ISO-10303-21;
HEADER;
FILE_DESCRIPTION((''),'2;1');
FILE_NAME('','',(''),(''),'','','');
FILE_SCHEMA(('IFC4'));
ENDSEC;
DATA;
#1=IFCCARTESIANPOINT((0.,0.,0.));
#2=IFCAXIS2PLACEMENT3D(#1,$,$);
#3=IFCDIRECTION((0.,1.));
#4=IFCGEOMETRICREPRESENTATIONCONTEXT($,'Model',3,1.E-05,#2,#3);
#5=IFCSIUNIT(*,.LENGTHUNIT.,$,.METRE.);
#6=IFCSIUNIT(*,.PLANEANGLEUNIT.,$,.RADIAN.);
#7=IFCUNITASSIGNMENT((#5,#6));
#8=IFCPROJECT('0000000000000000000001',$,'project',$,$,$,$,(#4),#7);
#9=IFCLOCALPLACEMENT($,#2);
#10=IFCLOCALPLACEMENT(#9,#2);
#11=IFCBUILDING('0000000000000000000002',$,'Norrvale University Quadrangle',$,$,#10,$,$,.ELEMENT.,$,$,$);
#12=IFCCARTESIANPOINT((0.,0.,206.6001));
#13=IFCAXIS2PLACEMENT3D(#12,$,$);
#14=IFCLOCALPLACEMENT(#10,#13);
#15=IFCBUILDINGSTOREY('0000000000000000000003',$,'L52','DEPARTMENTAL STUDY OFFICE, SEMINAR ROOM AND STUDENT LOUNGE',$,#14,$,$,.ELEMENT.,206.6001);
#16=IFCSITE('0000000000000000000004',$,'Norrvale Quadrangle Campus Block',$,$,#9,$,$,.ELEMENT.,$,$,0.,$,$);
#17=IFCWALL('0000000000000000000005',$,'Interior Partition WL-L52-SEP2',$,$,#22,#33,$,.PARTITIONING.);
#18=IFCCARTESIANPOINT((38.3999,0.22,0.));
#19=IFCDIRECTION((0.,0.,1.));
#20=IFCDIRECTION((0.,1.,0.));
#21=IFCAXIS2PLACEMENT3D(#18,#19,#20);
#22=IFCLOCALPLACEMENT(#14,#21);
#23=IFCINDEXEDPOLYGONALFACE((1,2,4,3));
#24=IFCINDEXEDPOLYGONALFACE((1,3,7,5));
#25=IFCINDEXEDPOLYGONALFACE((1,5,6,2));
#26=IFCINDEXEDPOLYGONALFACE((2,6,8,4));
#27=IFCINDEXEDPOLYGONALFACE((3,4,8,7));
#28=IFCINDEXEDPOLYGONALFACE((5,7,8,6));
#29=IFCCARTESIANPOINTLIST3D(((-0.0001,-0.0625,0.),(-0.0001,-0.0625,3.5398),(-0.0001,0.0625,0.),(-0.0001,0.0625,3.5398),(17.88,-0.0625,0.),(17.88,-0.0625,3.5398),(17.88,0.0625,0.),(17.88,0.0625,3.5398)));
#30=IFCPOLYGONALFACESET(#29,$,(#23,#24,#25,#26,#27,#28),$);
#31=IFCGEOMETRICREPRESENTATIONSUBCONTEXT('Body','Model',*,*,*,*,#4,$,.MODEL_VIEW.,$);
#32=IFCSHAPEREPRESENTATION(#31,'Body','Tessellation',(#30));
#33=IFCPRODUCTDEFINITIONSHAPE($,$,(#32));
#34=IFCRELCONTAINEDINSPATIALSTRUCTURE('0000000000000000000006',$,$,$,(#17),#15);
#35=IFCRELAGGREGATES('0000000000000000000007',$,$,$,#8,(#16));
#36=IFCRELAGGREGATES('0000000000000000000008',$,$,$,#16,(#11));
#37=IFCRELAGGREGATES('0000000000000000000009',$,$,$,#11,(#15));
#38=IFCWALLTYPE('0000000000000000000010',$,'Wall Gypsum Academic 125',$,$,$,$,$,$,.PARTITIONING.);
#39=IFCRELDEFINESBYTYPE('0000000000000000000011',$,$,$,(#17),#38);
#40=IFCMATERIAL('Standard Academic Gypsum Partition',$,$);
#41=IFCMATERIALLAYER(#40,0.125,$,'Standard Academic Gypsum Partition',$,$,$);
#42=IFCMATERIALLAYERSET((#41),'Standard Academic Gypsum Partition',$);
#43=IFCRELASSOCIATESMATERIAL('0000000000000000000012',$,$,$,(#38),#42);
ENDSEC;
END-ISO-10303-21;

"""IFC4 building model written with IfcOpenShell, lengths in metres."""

from ifc_helpers import new_model, si_unit, direction, frame, frame_2d, origin, place, context, subcontext, project, spatial, rectangle, extrude, material, layer, layer_set, type_object, element, save


model = new_model("IFC4")

# Units and contexts
model_context = context("Model", 3, precision=1e-05, world=origin(), true_north=direction((0.0, 1.0)))
body_context = subcontext(model_context, "Body", "Model", "MODEL_VIEW")
ifc_project = project(units=[si_unit("LENGTHUNIT", "METRE"), si_unit("PLANEANGLEUNIT", "RADIAN")], contexts=[model_context])

# Site, building, storey
site_placement = place(None, origin())
site = spatial("IfcSite", under=ifc_project, at=site_placement, Name="Norrvale Quadrangle Campus Block", CompositionType="ELEMENT", RefElevation=0.0)
building_placement = place(site_placement, origin())
building = spatial("IfcBuilding", under=site, at=building_placement, Name="Norrvale University Quadrangle", CompositionType="ELEMENT")
storey_placement = place(building_placement, frame((0.0, 0.0, 206.6001)))
storey = spatial("IfcBuildingStorey", under=building, at=storey_placement, Name="L52", Description="DEPARTMENTAL STUDY OFFICE, SEMINAR ROOM AND STUDENT LOUNGE", CompositionType="ELEMENT", Elevation=206.6001)

# Wall
ifc_material_1 = material(Name="Standard Academic Gypsum Partition")
ifc_layer_1 = layer(ifc_material_1, 0.125, Name="Standard Academic Gypsum Partition")
ifc_layer_set_1 = layer_set([ifc_layer_1], Name="Standard Academic Gypsum Partition")
wall_type_1 = type_object("IfcWallType", Name="Wall Gypsum Academic 125", PredefinedType="PARTITIONING", material=ifc_layer_set_1)
wall_1_placement = place(storey_placement, frame((38.3999, 0.22, 0.0), z_axis=(0.0, 0.0, 1.0), x_axis=(0.0, 1.0, 0.0)))
element("IfcWall", 1, at=wall_1_placement, inside=storey, type_object=wall_type_1, Name="Interior Partition WL-L52-SEP2", PredefinedType="PARTITIONING", context=body_context, shape_type="SweptSolid", body=[
    extrude(rectangle(XDim=17.8801, YDim=0.125, at=frame_2d((8.9399, 0.0))), origin(), (0.0, 0.0, 1.0), 3.5398),
])

save(model, "model.ifc")
